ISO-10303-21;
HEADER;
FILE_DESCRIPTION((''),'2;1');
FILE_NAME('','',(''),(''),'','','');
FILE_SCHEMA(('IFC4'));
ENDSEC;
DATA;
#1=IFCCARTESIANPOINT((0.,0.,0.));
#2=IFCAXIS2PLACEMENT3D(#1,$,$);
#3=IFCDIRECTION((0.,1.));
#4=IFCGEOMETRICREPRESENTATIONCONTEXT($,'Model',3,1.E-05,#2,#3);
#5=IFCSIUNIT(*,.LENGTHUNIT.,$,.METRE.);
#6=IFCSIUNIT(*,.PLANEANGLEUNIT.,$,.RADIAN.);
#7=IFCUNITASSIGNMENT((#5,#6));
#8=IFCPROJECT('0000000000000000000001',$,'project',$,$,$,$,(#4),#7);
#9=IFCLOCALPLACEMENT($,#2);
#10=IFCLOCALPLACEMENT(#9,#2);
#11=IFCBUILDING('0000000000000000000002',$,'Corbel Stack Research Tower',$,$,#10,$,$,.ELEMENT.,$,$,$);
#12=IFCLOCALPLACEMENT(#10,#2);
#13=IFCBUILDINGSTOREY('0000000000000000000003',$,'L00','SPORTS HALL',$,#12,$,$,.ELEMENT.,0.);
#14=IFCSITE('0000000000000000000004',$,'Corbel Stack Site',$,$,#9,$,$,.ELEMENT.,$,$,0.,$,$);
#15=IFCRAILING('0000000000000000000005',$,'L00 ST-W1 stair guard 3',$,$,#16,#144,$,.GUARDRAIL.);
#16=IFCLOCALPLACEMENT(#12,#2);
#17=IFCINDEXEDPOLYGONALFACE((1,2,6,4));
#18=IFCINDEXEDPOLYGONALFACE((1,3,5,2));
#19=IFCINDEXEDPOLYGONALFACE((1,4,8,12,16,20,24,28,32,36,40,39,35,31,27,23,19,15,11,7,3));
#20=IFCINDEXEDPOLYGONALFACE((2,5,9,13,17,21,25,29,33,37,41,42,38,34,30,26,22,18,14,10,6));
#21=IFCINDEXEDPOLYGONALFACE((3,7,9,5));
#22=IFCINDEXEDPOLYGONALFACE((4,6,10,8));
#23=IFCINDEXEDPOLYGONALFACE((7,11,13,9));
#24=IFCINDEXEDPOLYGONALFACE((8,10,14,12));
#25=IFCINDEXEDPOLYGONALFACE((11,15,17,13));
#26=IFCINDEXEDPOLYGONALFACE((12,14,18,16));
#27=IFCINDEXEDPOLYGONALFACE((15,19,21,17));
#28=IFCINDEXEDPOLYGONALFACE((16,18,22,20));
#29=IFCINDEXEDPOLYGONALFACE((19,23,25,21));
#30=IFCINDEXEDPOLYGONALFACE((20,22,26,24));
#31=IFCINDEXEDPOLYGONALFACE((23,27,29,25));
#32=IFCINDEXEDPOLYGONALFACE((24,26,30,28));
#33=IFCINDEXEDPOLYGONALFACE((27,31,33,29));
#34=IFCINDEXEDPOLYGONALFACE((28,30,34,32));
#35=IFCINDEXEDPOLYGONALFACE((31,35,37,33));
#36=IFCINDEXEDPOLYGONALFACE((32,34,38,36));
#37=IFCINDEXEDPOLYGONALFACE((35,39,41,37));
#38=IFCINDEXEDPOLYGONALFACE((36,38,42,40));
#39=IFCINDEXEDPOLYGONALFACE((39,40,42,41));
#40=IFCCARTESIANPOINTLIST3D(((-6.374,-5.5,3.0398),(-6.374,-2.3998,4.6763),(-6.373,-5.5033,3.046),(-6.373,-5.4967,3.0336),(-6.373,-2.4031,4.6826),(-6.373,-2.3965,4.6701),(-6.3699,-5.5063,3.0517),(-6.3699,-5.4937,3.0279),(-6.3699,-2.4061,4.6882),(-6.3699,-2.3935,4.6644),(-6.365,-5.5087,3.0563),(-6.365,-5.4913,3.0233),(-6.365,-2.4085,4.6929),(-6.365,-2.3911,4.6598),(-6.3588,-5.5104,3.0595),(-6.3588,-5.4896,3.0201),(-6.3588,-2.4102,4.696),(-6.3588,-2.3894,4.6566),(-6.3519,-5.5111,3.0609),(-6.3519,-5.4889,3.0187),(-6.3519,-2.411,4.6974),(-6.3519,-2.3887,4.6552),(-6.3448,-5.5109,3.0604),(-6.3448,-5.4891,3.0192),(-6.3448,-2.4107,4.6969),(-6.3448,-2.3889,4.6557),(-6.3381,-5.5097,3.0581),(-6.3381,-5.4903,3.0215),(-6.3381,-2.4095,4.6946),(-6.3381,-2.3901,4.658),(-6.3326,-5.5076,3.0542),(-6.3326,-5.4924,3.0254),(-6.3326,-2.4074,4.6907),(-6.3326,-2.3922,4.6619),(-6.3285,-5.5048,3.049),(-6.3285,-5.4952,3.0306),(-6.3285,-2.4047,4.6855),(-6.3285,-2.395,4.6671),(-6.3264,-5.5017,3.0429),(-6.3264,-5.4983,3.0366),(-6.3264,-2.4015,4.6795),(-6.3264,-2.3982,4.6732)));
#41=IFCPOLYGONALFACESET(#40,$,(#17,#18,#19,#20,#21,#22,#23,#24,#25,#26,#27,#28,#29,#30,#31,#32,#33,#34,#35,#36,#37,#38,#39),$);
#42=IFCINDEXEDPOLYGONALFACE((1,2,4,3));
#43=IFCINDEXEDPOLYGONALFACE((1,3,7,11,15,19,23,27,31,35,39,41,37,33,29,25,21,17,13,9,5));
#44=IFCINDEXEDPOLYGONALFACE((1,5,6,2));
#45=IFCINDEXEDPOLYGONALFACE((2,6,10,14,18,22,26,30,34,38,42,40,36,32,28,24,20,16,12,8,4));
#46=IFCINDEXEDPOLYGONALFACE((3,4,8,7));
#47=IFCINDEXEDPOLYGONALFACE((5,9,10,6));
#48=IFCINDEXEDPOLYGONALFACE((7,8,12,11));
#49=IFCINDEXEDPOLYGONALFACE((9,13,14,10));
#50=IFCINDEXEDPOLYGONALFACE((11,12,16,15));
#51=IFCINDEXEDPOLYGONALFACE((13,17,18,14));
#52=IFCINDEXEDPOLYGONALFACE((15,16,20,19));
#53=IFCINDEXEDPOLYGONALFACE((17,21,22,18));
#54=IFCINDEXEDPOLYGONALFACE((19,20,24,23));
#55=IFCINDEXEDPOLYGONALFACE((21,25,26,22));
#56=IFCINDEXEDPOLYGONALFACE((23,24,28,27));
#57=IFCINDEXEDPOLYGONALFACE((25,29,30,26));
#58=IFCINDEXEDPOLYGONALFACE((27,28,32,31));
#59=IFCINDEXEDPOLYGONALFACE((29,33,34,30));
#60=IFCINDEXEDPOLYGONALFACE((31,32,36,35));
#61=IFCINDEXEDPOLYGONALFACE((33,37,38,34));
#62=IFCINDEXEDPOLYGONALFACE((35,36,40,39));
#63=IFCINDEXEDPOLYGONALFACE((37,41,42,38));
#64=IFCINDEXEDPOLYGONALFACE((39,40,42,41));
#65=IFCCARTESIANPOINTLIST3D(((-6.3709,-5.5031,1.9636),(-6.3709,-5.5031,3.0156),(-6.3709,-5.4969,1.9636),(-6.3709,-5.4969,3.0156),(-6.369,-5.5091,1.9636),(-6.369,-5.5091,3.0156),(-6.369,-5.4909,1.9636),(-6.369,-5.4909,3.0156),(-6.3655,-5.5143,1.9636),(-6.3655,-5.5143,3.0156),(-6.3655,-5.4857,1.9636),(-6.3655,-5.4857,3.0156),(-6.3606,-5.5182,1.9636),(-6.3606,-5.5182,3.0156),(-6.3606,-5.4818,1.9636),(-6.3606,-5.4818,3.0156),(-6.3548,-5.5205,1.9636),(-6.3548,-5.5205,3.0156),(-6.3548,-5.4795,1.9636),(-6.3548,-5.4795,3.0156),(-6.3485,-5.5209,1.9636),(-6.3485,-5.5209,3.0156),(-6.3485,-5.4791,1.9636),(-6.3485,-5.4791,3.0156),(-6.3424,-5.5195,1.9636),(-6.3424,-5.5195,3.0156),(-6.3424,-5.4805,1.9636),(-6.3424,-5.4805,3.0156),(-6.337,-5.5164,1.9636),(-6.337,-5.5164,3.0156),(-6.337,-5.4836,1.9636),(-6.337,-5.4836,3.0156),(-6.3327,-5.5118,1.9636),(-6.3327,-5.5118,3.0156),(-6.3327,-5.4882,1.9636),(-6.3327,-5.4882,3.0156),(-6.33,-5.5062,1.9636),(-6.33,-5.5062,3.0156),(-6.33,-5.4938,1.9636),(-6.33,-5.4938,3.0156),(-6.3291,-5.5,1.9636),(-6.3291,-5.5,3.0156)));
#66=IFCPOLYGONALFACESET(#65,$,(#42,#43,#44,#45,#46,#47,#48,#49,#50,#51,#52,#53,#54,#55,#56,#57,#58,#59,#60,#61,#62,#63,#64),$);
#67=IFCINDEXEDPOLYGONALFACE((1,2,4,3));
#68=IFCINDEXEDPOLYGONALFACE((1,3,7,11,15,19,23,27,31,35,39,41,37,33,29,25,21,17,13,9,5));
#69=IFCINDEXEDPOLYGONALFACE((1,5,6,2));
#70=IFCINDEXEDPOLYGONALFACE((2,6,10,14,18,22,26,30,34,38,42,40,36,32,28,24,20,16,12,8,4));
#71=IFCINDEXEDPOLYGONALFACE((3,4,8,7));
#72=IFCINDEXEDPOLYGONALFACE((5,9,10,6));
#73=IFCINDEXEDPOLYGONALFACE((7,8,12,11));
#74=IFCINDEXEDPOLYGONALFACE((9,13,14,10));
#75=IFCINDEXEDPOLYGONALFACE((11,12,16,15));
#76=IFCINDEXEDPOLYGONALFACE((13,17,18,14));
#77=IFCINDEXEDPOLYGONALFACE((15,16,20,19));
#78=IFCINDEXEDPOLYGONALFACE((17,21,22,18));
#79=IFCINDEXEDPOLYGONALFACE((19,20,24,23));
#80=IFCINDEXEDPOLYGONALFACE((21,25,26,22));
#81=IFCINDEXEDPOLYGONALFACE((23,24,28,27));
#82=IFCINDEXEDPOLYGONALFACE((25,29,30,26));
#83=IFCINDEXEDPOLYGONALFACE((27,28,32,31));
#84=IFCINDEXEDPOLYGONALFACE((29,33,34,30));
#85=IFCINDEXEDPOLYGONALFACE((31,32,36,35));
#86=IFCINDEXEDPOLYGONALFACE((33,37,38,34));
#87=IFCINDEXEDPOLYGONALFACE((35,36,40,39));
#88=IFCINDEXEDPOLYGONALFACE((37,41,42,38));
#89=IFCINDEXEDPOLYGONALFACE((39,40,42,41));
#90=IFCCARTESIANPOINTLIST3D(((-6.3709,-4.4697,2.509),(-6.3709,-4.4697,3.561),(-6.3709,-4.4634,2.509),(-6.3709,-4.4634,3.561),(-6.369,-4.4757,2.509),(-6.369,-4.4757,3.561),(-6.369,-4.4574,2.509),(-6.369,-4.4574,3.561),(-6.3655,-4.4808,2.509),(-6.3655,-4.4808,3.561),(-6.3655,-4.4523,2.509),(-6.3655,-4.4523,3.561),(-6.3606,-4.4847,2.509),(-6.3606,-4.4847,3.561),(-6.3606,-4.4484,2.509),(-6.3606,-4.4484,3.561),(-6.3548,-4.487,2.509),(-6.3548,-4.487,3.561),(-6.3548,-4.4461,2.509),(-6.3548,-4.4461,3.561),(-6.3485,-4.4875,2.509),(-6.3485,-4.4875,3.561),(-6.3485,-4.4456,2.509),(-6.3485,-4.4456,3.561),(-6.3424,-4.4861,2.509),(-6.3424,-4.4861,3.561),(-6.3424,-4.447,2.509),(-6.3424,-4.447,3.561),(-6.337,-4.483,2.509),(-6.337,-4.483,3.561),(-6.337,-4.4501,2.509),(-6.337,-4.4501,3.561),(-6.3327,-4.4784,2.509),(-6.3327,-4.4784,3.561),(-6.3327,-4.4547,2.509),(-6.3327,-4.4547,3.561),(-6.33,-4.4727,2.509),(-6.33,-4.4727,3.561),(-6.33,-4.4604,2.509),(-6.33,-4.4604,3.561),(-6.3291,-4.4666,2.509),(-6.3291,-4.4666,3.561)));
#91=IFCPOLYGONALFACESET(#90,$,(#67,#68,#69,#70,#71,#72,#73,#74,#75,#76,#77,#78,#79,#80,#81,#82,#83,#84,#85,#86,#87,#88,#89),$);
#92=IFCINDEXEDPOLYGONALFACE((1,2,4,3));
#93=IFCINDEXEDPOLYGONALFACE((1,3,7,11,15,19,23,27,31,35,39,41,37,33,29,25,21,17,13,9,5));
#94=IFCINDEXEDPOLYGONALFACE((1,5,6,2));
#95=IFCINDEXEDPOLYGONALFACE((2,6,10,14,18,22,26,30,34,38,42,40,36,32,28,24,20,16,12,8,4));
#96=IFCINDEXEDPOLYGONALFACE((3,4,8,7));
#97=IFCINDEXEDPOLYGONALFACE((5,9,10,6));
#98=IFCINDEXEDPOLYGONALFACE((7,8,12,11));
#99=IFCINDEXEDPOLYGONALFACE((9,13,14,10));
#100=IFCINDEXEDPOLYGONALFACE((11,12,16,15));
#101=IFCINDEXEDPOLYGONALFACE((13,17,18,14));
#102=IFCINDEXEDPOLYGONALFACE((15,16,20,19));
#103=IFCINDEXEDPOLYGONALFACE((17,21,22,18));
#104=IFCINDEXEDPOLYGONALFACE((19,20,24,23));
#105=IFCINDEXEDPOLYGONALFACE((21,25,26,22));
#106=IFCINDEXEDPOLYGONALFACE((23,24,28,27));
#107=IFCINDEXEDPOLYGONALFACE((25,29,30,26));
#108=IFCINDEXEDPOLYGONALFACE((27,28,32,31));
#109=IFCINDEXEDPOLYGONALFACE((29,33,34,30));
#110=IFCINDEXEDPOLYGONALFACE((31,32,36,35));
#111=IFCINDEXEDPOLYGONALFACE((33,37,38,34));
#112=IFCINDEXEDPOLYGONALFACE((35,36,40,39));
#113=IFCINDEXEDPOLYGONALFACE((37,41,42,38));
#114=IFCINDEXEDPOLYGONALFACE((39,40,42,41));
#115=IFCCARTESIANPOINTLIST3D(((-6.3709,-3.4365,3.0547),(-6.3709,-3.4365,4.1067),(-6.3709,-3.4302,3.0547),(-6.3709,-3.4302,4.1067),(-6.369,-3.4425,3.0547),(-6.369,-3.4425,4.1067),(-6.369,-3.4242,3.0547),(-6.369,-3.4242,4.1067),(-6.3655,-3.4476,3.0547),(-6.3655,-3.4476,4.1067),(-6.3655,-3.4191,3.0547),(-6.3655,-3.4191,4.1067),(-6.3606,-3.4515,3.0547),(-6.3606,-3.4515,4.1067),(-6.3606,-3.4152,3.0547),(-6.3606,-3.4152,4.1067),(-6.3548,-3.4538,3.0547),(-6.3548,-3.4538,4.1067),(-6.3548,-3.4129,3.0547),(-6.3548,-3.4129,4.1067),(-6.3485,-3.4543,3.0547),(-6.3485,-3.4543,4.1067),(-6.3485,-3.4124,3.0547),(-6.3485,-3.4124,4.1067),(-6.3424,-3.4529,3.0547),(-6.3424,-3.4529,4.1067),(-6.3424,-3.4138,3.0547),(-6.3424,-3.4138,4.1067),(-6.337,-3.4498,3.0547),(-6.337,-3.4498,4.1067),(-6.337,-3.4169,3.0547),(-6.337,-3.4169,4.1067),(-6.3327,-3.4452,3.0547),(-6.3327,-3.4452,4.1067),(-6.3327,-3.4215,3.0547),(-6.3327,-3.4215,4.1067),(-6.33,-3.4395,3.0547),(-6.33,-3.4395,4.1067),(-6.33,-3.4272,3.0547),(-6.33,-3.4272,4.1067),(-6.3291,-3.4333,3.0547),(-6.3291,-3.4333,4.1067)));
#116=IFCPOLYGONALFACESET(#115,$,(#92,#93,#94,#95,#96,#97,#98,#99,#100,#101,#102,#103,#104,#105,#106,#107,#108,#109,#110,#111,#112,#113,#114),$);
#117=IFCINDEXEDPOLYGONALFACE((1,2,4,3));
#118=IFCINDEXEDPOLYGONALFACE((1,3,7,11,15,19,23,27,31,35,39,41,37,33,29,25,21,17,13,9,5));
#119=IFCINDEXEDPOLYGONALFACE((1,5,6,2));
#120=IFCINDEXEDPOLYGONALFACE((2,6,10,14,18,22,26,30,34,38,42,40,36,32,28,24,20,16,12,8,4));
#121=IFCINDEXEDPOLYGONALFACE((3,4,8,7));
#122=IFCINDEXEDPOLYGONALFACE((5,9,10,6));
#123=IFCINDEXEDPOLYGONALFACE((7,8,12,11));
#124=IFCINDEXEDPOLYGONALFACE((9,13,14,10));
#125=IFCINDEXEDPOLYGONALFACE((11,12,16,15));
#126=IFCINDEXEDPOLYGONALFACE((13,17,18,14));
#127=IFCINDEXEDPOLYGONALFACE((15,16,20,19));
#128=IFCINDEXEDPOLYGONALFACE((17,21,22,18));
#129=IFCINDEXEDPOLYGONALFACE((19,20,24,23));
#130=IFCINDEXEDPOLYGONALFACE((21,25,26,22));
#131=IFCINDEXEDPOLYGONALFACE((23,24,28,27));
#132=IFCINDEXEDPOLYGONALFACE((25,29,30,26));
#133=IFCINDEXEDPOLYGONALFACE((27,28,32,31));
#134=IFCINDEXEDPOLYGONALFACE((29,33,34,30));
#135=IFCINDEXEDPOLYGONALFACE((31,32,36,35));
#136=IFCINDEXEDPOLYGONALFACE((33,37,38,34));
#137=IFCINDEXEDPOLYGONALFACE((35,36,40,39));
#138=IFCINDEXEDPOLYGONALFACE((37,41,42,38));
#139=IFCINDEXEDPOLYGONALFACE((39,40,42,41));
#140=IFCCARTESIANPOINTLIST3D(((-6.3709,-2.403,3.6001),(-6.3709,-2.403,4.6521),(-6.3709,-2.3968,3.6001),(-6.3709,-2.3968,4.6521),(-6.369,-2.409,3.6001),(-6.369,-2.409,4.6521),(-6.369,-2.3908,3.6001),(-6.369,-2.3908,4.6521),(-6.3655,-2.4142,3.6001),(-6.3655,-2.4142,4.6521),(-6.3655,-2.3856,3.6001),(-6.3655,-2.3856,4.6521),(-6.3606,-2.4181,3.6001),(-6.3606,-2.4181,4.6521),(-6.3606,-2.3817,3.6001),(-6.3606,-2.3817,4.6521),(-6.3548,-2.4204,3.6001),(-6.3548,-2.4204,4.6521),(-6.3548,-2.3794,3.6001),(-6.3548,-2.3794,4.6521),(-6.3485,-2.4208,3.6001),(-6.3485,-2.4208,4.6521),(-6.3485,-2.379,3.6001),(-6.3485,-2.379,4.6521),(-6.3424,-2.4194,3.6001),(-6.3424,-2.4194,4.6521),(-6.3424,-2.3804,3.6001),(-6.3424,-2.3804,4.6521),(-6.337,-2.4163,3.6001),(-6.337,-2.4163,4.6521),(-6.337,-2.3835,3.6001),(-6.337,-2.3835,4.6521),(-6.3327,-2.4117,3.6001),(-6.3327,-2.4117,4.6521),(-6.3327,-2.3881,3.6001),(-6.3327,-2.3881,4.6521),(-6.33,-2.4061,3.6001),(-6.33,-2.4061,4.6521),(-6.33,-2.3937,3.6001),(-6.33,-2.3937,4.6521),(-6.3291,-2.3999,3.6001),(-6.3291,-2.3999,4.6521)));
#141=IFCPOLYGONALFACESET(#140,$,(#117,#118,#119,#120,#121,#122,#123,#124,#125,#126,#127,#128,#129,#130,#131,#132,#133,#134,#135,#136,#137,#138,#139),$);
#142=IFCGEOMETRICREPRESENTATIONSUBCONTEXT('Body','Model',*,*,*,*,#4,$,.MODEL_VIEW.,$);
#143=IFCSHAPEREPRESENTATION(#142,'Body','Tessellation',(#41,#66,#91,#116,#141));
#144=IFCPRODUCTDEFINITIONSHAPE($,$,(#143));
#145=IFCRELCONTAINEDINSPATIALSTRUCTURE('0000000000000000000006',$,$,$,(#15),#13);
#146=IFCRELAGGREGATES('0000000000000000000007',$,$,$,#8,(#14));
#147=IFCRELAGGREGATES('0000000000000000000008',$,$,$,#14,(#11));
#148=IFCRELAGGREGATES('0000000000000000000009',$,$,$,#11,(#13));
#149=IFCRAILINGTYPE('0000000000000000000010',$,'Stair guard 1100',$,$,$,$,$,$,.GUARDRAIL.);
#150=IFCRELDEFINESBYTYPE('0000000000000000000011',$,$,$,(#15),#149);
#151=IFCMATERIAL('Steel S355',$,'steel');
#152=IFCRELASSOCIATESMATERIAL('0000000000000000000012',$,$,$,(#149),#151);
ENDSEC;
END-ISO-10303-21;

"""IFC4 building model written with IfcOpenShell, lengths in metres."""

from ifc_helpers import new_model, si_unit, direction, frame, origin, origin_2d, place, context, subcontext, project, spatial, circle, extrude, material, type_object, element, save


model = new_model("IFC4")

# Units and contexts
model_context = context("Model", 3, precision=1e-05, world=origin(), true_north=direction((0.0, 1.0)))
body_context = subcontext(model_context, "Body", "Model", "MODEL_VIEW")
ifc_project = project(units=[si_unit("LENGTHUNIT", "METRE"), si_unit("PLANEANGLEUNIT", "RADIAN")], contexts=[model_context])

# Site, building, storey
site_placement = place(None, origin())
site = spatial("IfcSite", under=ifc_project, at=site_placement, Name="Corbel Stack Site", CompositionType="ELEMENT", RefElevation=0.0)
building_placement = place(site_placement, origin())
building = spatial("IfcBuilding", under=site, at=building_placement, Name="Corbel Stack Research Tower", CompositionType="ELEMENT")
storey_placement = place(building_placement, origin())
storey = spatial("IfcBuildingStorey", under=building, at=storey_placement, Name="L00", Description="SPORTS HALL", CompositionType="ELEMENT", Elevation=0.0)

# Railing
ifc_material_1 = material(Name="Steel S355", Category="steel")
railing_type_1 = type_object("IfcRailingType", Name="Stair guard 1100", PredefinedType="GUARDRAIL", material=ifc_material_1)
railing_1_placement = place(storey_placement, frame((-6.3501, -5.5, 1.9636)))
element("IfcRailing", 1, at=railing_1_placement, inside=storey, type_object=railing_type_1, Name="L00 ST-W1 stair guard 3", PredefinedType="GUARDRAIL", context=body_context, shape_type="SweptSolid", body=[
    extrude(circle(Radius=0.0239, at=origin_2d()), frame((0.0, 0.0, 1.0762), z_axis=(0.0, 0.884348, 0.466828), x_axis=(-1.0, 0.0, 0.0)), (0.0, 0.0, 1.0), 3.5056),
    extrude(circle(Radius=0.021, at=origin_2d()), origin(), (0.0, 0.0, 1.0), 1.052),
    extrude(circle(Radius=0.021, at=origin_2d()), frame((0.0, 1.0334, 0.5454)), (0.0, 0.0, 1.0), 1.052),
    extrude(circle(Radius=0.021, at=origin_2d()), frame((0.0, 2.0667, 1.0911)), (0.0, 0.0, 1.0), 1.052),
    extrude(circle(Radius=0.021, at=origin_2d()), frame((0.0, 3.1001, 1.6365)), (0.0, 0.0, 1.0), 1.052),
])

save(model, "model.ifc")
